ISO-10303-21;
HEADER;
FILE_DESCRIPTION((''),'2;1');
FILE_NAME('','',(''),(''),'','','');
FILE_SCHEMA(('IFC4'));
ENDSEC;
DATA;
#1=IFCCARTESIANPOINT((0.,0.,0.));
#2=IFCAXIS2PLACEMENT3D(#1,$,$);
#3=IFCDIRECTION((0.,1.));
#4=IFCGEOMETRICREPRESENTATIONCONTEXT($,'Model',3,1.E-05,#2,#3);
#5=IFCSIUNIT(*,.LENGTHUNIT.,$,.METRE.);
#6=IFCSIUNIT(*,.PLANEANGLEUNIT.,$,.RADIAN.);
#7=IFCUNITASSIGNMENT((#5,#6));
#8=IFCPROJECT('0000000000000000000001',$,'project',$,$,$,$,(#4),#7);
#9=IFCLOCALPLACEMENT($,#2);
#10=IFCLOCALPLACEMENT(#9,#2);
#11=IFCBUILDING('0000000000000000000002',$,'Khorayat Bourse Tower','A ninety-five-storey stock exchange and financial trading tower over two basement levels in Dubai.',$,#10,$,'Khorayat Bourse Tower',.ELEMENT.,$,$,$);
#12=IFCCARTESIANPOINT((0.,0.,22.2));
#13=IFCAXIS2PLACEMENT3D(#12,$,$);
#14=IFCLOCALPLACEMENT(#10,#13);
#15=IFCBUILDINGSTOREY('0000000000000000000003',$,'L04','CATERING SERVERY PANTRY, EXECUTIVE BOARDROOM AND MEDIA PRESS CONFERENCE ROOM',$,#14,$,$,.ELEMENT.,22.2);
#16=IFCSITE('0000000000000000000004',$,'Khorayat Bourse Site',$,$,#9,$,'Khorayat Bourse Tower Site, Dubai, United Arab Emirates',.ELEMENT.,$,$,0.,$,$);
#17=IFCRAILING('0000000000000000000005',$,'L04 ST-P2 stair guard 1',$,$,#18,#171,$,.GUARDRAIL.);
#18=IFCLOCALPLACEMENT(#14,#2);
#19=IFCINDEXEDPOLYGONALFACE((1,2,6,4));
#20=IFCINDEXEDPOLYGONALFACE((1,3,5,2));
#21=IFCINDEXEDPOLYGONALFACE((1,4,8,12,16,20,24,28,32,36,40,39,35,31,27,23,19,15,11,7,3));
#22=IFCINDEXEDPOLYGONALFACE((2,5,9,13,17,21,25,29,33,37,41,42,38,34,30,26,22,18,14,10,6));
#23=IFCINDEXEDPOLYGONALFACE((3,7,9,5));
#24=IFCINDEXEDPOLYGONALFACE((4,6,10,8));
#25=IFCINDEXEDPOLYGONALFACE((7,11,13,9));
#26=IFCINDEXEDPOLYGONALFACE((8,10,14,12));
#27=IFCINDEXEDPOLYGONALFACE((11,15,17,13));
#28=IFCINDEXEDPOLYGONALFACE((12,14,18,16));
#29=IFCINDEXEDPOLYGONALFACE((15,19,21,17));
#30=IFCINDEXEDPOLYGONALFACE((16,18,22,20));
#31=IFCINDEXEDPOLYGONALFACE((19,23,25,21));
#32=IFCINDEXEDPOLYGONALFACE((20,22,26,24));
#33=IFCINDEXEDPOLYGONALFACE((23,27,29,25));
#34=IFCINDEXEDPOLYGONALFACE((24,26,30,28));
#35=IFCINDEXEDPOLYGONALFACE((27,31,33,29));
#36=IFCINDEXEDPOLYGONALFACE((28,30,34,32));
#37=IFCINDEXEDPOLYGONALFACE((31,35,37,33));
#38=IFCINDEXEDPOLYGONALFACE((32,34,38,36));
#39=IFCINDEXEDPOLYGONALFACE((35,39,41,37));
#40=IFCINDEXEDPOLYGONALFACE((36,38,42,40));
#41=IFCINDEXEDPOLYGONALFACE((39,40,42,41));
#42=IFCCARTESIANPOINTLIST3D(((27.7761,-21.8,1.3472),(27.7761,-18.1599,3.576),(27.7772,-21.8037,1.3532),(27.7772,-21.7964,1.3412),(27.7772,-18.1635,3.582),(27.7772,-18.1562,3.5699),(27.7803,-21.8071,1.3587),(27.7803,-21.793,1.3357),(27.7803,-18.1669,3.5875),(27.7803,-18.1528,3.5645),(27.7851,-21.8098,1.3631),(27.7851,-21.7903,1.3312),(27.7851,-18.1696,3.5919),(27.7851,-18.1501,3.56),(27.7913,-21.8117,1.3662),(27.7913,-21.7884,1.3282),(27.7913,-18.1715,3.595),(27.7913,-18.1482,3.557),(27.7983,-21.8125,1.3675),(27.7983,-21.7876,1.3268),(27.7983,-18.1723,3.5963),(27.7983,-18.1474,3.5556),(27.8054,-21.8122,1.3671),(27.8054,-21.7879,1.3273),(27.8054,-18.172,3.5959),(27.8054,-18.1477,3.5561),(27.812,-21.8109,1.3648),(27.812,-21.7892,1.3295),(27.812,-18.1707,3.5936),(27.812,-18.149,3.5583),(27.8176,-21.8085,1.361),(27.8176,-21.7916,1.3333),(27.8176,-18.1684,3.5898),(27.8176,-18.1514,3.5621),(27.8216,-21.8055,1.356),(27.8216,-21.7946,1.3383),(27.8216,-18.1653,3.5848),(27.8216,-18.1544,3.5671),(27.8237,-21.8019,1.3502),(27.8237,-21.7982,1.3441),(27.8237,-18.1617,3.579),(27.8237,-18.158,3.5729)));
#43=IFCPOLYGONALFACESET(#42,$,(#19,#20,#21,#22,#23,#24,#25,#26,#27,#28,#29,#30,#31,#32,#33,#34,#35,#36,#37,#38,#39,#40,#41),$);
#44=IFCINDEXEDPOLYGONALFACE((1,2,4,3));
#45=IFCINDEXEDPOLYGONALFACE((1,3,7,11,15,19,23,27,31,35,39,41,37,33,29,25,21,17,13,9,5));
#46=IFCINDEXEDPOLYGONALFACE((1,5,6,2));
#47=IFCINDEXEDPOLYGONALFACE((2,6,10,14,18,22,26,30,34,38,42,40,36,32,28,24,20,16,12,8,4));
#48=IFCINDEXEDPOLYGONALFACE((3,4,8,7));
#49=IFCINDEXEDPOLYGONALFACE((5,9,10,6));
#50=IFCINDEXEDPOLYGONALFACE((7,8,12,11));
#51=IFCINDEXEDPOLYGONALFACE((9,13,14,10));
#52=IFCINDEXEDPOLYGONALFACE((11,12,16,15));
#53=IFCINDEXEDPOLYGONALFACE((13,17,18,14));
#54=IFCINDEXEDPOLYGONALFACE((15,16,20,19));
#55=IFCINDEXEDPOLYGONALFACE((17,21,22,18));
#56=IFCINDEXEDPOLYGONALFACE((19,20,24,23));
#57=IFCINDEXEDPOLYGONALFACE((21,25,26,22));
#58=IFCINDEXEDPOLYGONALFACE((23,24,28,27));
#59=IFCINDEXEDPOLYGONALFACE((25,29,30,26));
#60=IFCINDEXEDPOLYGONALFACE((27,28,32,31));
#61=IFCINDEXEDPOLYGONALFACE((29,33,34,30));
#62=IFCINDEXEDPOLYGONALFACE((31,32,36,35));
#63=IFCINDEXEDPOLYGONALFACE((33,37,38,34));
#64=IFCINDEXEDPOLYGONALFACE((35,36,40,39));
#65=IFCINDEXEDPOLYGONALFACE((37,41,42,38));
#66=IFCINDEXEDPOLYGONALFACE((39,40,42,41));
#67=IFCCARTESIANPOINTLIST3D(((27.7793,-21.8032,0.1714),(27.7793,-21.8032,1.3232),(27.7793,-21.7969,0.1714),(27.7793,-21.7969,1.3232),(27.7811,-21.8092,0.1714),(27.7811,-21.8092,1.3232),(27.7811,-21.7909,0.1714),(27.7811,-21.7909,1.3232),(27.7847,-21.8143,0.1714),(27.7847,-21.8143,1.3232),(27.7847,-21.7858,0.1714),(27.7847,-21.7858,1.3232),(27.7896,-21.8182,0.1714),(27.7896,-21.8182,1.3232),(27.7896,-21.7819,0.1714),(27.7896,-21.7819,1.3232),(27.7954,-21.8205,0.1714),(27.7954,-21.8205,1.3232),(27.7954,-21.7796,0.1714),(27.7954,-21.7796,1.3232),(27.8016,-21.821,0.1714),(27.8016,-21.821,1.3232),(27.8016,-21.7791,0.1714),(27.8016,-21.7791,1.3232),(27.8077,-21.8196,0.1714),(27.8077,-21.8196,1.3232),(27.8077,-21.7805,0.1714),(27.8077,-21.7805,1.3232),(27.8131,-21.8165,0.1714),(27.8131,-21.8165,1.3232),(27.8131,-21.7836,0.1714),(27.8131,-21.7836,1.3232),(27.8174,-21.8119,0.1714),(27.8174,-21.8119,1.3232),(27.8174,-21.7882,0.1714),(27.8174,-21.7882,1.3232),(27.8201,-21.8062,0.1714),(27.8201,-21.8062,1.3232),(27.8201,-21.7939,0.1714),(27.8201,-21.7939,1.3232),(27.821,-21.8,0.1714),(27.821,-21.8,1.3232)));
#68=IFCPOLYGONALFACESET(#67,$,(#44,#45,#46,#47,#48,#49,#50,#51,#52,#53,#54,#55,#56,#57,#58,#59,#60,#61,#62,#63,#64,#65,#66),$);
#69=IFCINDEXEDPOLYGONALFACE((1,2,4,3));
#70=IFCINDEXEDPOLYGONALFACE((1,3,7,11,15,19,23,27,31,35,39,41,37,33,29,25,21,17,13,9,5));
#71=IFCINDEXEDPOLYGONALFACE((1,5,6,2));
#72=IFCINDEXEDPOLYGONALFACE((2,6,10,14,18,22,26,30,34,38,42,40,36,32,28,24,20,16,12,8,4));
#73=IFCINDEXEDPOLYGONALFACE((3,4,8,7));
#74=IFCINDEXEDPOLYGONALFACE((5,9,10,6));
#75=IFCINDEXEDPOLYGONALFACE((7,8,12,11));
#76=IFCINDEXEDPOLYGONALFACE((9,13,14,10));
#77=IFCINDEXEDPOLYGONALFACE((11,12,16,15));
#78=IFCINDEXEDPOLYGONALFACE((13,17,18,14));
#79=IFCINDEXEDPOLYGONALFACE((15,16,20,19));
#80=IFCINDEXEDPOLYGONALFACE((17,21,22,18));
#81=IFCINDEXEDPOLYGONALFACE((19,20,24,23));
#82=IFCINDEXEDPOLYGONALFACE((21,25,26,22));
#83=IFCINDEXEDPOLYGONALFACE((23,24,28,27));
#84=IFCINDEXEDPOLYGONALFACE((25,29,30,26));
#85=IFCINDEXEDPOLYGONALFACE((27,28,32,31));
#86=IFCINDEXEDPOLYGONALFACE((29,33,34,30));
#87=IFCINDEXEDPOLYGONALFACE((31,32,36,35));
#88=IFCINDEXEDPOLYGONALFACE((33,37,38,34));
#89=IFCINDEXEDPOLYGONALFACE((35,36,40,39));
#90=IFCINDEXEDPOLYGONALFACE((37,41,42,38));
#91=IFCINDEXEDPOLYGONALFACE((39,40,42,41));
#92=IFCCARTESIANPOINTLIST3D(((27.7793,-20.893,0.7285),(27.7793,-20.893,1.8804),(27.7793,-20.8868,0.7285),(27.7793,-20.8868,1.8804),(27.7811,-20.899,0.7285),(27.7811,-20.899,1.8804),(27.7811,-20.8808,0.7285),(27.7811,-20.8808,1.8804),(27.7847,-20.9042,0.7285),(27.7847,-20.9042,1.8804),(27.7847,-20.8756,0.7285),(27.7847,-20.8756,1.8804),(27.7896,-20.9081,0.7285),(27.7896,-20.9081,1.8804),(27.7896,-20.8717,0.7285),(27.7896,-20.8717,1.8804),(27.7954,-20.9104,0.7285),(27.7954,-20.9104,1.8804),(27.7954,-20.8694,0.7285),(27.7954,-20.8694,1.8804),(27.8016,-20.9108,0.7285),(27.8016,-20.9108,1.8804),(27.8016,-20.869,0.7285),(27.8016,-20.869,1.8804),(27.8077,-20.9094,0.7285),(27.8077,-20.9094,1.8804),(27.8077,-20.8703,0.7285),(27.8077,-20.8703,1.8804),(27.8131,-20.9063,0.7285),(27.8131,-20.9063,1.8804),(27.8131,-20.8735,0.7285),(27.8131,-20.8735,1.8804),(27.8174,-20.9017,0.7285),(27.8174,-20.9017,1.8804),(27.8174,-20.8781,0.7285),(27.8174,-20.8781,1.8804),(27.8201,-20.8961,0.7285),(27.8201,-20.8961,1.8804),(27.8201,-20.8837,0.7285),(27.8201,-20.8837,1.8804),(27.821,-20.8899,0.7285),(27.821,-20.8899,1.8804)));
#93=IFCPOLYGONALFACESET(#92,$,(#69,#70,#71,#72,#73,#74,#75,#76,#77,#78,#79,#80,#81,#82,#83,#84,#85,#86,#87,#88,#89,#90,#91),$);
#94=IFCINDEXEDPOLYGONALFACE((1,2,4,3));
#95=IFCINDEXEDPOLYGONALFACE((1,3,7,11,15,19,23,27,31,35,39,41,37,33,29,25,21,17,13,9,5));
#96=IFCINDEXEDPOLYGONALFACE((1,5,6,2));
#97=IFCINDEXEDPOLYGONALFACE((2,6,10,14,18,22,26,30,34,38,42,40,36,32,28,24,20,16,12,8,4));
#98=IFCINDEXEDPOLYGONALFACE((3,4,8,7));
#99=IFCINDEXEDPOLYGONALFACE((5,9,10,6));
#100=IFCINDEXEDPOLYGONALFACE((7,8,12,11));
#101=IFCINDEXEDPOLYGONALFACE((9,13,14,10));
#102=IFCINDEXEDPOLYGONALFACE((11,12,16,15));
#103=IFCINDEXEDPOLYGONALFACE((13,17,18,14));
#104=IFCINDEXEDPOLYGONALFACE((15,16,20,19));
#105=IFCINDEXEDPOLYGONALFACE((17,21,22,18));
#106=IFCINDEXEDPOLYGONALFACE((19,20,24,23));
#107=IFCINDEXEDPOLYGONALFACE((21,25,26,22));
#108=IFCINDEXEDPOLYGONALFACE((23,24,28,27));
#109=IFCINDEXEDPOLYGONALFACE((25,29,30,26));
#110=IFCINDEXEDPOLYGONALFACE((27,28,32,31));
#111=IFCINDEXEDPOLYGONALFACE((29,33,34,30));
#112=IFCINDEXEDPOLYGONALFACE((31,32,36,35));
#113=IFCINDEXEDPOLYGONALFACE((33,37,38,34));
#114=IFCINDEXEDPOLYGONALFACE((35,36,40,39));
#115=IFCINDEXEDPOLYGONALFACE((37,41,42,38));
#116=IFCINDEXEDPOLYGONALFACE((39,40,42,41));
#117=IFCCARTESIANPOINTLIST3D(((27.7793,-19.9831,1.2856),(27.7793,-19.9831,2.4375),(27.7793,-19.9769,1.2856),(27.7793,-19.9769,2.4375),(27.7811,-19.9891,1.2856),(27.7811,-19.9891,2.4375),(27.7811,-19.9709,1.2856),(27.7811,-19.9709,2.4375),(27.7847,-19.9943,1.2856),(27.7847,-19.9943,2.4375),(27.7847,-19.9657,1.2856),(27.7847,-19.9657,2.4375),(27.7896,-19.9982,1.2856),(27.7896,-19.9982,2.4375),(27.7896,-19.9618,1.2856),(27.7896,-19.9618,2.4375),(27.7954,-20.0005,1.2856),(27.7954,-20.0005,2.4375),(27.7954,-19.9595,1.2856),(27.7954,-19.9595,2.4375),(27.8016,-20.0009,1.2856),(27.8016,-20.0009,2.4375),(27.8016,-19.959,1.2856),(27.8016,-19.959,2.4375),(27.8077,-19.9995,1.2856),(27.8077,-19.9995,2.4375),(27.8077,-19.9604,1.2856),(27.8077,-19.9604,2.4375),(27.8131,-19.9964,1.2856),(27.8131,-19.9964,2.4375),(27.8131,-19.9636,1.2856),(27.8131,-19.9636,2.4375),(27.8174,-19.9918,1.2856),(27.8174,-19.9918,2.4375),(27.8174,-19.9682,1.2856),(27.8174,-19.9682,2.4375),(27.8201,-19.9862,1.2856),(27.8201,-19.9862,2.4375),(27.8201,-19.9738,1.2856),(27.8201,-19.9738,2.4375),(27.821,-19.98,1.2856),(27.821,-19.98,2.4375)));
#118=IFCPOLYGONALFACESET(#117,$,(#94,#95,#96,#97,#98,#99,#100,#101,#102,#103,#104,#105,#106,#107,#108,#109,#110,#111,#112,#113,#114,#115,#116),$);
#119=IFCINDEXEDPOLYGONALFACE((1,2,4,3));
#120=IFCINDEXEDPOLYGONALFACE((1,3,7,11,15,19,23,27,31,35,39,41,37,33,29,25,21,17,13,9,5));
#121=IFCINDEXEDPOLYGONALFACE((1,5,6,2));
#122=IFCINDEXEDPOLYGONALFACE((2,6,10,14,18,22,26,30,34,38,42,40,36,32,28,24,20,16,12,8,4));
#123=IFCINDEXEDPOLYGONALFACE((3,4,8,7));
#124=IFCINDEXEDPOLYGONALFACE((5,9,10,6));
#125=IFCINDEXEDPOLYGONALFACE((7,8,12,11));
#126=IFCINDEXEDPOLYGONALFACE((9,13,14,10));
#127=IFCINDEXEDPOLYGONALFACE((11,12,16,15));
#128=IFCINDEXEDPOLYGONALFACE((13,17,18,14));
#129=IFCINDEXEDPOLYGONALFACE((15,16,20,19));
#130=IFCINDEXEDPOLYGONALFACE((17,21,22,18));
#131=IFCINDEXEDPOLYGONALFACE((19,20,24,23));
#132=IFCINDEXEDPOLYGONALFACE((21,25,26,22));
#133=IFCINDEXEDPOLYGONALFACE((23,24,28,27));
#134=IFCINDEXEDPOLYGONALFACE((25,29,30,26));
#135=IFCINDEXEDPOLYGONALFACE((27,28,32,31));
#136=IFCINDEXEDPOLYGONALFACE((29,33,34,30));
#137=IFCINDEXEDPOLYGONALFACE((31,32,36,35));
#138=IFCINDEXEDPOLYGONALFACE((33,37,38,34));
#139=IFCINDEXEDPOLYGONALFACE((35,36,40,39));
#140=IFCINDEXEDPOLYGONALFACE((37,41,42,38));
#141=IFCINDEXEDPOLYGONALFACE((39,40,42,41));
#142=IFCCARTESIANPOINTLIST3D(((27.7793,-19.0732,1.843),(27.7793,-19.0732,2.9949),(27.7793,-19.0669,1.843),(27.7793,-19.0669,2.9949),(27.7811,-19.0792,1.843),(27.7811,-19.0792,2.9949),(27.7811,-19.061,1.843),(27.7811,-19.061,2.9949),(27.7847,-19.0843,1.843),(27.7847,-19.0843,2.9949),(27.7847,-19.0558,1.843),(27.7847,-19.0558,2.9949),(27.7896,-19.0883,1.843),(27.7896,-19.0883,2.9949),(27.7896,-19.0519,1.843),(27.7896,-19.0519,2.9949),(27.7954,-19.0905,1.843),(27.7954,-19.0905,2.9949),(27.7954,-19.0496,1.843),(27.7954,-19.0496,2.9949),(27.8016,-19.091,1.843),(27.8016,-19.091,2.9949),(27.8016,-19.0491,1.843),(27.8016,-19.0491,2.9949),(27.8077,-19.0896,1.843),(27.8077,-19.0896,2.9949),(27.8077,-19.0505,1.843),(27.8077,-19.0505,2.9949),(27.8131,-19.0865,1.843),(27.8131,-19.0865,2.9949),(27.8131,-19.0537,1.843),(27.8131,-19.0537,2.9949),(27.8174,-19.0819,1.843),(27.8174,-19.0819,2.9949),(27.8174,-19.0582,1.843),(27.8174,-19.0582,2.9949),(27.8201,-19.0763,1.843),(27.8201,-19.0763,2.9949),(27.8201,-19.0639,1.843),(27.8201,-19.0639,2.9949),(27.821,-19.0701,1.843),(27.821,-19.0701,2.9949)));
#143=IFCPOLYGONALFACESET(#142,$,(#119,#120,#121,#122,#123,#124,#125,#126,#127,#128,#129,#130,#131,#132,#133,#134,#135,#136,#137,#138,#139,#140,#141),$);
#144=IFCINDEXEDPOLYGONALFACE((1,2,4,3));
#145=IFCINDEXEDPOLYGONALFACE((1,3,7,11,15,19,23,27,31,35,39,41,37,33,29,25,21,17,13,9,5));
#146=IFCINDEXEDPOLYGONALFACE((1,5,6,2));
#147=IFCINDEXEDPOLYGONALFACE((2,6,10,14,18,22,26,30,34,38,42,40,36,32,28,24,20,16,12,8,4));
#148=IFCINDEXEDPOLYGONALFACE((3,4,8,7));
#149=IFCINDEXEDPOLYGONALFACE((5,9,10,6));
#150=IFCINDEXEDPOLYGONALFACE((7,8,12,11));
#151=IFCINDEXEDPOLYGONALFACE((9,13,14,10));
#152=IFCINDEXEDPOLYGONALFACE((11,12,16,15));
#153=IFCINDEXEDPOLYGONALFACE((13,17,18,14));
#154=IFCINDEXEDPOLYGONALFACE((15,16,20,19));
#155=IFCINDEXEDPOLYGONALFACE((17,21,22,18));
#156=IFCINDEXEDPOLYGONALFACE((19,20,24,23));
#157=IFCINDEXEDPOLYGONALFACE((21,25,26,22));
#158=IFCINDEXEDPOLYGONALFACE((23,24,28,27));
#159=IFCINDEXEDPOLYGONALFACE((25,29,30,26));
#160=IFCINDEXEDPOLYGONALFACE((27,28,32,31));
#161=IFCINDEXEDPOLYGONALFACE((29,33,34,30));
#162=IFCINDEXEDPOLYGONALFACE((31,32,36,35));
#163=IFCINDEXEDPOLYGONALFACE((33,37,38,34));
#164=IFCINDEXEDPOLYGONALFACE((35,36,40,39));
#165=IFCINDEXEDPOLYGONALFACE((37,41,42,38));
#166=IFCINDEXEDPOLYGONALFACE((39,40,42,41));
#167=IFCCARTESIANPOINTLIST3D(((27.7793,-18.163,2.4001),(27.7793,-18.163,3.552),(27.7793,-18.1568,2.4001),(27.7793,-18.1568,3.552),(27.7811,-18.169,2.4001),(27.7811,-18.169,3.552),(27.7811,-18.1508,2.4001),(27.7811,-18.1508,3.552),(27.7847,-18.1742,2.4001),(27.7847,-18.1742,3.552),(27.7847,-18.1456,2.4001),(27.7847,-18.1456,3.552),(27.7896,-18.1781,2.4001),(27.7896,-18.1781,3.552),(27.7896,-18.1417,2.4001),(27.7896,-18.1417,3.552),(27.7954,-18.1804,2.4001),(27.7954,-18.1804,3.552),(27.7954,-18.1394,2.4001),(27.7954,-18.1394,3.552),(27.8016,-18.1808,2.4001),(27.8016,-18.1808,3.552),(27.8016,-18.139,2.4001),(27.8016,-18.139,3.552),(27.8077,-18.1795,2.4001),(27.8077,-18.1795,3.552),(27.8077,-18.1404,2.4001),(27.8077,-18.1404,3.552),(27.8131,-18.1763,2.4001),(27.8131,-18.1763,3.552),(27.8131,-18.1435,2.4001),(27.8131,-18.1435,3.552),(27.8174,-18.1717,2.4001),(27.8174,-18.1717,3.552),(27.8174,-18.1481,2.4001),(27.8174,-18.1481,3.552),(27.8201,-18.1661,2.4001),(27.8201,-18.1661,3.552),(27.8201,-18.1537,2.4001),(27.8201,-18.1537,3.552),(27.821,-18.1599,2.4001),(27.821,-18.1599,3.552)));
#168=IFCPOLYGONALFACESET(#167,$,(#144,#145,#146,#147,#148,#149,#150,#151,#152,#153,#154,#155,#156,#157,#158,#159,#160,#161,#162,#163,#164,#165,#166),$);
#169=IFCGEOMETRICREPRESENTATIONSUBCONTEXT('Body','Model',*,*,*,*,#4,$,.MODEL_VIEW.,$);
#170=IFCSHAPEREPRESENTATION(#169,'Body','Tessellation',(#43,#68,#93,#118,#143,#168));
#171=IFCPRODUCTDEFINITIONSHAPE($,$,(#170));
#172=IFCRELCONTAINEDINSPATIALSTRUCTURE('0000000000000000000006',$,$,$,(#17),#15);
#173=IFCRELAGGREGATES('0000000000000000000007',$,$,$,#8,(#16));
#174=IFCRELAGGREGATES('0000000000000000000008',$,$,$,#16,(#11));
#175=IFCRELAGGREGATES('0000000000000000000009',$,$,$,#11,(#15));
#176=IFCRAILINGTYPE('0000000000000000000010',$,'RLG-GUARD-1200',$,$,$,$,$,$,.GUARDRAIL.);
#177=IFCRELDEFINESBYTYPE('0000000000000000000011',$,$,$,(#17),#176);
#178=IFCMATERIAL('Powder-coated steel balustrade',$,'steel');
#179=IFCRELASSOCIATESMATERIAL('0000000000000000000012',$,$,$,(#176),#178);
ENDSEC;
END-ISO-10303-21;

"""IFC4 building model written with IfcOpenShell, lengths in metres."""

from ifc_helpers import new_model, si_unit, direction, frame, origin, origin_2d, place, context, subcontext, project, spatial, circle, extrude, source, transform, mapped, material, type_object, element, save


model = new_model("IFC4")

# Units and contexts
model_context = context("Model", 3, precision=1e-05, world=origin(), true_north=direction((0.0, 1.0)))
body_context = subcontext(model_context, "Body", "Model", "MODEL_VIEW")
ifc_project = project(units=[si_unit("LENGTHUNIT", "METRE"), si_unit("PLANEANGLEUNIT", "RADIAN")], contexts=[model_context])

# Site, building, storey
site_placement = place(None, origin())
site = spatial("IfcSite", under=ifc_project, at=site_placement, Name="Khorayat Bourse Site", LongName="Khorayat Bourse Tower Site, Dubai, United Arab Emirates", CompositionType="ELEMENT", RefElevation=0.0)
building_placement = place(site_placement, origin())
building = spatial("IfcBuilding", under=site, at=building_placement, Name="Khorayat Bourse Tower", Description="A ninety-five-storey stock exchange and financial trading tower over two basement levels in Dubai.", LongName="Khorayat Bourse Tower", CompositionType="ELEMENT")
storey_placement = place(building_placement, frame((0.0, 0.0, 22.2)))
storey = spatial("IfcBuildingStorey", under=building, at=storey_placement, Name="L04", Description="CATERING SERVERY PANTRY, EXECUTIVE BOARDROOM AND MEDIA PRESS CONFERENCE ROOM", CompositionType="ELEMENT", Elevation=22.2)

# Railing
ifc_material_1 = material(Name="Powder-coated steel balustrade", Category="steel")
railing_type_1 = type_object("IfcRailingType", Name="RLG-GUARD-1200", PredefinedType="GUARDRAIL", material=ifc_material_1)
shared_shape_1 = source(origin(), body_context, "Body", "SweptSolid", [
    extrude(circle(Radius=0.0239, at=origin_2d()), frame((0.0, 0.0, 1.1758), z_axis=(0.0, 0.85284, 0.522172), x_axis=(-1.0, 0.0, 0.0)), (0.0, 0.0, 1.0), 4.2683),
    extrude(circle(Radius=0.021, at=origin_2d()), origin(), (0.0, 0.0, 1.0), 1.1519),
    extrude(circle(Radius=0.021, at=origin_2d()), frame((0.0, 0.9102, 0.5571)), (0.0, 0.0, 1.0), 1.1519),
    extrude(circle(Radius=0.021, at=origin_2d()), frame((0.0, 1.8201, 1.1143)), (0.0, 0.0, 1.0), 1.1519),
    extrude(circle(Radius=0.021, at=origin_2d()), frame((0.0, 2.73, 1.6716)), (0.0, 0.0, 1.0), 1.1519),
    extrude(circle(Radius=0.021, at=origin_2d()), frame((0.0, 3.6401, 2.2288)), (0.0, 0.0, 1.0), 1.1519),
])
railing_1_placement = place(storey_placement, frame((27.8, -21.8, 0.1714)))
element("IfcRailing", 1, at=railing_1_placement, inside=storey, type_object=railing_type_1, Name="L04 ST-P2 stair guard 1", PredefinedType="GUARDRAIL", context=body_context, shape_type="MappedRepresentation", body=[
    mapped(shared_shape_1, transform((0.0, 0.0, 0.0), scale=1.0)),
])

save(model, "model.ifc")
